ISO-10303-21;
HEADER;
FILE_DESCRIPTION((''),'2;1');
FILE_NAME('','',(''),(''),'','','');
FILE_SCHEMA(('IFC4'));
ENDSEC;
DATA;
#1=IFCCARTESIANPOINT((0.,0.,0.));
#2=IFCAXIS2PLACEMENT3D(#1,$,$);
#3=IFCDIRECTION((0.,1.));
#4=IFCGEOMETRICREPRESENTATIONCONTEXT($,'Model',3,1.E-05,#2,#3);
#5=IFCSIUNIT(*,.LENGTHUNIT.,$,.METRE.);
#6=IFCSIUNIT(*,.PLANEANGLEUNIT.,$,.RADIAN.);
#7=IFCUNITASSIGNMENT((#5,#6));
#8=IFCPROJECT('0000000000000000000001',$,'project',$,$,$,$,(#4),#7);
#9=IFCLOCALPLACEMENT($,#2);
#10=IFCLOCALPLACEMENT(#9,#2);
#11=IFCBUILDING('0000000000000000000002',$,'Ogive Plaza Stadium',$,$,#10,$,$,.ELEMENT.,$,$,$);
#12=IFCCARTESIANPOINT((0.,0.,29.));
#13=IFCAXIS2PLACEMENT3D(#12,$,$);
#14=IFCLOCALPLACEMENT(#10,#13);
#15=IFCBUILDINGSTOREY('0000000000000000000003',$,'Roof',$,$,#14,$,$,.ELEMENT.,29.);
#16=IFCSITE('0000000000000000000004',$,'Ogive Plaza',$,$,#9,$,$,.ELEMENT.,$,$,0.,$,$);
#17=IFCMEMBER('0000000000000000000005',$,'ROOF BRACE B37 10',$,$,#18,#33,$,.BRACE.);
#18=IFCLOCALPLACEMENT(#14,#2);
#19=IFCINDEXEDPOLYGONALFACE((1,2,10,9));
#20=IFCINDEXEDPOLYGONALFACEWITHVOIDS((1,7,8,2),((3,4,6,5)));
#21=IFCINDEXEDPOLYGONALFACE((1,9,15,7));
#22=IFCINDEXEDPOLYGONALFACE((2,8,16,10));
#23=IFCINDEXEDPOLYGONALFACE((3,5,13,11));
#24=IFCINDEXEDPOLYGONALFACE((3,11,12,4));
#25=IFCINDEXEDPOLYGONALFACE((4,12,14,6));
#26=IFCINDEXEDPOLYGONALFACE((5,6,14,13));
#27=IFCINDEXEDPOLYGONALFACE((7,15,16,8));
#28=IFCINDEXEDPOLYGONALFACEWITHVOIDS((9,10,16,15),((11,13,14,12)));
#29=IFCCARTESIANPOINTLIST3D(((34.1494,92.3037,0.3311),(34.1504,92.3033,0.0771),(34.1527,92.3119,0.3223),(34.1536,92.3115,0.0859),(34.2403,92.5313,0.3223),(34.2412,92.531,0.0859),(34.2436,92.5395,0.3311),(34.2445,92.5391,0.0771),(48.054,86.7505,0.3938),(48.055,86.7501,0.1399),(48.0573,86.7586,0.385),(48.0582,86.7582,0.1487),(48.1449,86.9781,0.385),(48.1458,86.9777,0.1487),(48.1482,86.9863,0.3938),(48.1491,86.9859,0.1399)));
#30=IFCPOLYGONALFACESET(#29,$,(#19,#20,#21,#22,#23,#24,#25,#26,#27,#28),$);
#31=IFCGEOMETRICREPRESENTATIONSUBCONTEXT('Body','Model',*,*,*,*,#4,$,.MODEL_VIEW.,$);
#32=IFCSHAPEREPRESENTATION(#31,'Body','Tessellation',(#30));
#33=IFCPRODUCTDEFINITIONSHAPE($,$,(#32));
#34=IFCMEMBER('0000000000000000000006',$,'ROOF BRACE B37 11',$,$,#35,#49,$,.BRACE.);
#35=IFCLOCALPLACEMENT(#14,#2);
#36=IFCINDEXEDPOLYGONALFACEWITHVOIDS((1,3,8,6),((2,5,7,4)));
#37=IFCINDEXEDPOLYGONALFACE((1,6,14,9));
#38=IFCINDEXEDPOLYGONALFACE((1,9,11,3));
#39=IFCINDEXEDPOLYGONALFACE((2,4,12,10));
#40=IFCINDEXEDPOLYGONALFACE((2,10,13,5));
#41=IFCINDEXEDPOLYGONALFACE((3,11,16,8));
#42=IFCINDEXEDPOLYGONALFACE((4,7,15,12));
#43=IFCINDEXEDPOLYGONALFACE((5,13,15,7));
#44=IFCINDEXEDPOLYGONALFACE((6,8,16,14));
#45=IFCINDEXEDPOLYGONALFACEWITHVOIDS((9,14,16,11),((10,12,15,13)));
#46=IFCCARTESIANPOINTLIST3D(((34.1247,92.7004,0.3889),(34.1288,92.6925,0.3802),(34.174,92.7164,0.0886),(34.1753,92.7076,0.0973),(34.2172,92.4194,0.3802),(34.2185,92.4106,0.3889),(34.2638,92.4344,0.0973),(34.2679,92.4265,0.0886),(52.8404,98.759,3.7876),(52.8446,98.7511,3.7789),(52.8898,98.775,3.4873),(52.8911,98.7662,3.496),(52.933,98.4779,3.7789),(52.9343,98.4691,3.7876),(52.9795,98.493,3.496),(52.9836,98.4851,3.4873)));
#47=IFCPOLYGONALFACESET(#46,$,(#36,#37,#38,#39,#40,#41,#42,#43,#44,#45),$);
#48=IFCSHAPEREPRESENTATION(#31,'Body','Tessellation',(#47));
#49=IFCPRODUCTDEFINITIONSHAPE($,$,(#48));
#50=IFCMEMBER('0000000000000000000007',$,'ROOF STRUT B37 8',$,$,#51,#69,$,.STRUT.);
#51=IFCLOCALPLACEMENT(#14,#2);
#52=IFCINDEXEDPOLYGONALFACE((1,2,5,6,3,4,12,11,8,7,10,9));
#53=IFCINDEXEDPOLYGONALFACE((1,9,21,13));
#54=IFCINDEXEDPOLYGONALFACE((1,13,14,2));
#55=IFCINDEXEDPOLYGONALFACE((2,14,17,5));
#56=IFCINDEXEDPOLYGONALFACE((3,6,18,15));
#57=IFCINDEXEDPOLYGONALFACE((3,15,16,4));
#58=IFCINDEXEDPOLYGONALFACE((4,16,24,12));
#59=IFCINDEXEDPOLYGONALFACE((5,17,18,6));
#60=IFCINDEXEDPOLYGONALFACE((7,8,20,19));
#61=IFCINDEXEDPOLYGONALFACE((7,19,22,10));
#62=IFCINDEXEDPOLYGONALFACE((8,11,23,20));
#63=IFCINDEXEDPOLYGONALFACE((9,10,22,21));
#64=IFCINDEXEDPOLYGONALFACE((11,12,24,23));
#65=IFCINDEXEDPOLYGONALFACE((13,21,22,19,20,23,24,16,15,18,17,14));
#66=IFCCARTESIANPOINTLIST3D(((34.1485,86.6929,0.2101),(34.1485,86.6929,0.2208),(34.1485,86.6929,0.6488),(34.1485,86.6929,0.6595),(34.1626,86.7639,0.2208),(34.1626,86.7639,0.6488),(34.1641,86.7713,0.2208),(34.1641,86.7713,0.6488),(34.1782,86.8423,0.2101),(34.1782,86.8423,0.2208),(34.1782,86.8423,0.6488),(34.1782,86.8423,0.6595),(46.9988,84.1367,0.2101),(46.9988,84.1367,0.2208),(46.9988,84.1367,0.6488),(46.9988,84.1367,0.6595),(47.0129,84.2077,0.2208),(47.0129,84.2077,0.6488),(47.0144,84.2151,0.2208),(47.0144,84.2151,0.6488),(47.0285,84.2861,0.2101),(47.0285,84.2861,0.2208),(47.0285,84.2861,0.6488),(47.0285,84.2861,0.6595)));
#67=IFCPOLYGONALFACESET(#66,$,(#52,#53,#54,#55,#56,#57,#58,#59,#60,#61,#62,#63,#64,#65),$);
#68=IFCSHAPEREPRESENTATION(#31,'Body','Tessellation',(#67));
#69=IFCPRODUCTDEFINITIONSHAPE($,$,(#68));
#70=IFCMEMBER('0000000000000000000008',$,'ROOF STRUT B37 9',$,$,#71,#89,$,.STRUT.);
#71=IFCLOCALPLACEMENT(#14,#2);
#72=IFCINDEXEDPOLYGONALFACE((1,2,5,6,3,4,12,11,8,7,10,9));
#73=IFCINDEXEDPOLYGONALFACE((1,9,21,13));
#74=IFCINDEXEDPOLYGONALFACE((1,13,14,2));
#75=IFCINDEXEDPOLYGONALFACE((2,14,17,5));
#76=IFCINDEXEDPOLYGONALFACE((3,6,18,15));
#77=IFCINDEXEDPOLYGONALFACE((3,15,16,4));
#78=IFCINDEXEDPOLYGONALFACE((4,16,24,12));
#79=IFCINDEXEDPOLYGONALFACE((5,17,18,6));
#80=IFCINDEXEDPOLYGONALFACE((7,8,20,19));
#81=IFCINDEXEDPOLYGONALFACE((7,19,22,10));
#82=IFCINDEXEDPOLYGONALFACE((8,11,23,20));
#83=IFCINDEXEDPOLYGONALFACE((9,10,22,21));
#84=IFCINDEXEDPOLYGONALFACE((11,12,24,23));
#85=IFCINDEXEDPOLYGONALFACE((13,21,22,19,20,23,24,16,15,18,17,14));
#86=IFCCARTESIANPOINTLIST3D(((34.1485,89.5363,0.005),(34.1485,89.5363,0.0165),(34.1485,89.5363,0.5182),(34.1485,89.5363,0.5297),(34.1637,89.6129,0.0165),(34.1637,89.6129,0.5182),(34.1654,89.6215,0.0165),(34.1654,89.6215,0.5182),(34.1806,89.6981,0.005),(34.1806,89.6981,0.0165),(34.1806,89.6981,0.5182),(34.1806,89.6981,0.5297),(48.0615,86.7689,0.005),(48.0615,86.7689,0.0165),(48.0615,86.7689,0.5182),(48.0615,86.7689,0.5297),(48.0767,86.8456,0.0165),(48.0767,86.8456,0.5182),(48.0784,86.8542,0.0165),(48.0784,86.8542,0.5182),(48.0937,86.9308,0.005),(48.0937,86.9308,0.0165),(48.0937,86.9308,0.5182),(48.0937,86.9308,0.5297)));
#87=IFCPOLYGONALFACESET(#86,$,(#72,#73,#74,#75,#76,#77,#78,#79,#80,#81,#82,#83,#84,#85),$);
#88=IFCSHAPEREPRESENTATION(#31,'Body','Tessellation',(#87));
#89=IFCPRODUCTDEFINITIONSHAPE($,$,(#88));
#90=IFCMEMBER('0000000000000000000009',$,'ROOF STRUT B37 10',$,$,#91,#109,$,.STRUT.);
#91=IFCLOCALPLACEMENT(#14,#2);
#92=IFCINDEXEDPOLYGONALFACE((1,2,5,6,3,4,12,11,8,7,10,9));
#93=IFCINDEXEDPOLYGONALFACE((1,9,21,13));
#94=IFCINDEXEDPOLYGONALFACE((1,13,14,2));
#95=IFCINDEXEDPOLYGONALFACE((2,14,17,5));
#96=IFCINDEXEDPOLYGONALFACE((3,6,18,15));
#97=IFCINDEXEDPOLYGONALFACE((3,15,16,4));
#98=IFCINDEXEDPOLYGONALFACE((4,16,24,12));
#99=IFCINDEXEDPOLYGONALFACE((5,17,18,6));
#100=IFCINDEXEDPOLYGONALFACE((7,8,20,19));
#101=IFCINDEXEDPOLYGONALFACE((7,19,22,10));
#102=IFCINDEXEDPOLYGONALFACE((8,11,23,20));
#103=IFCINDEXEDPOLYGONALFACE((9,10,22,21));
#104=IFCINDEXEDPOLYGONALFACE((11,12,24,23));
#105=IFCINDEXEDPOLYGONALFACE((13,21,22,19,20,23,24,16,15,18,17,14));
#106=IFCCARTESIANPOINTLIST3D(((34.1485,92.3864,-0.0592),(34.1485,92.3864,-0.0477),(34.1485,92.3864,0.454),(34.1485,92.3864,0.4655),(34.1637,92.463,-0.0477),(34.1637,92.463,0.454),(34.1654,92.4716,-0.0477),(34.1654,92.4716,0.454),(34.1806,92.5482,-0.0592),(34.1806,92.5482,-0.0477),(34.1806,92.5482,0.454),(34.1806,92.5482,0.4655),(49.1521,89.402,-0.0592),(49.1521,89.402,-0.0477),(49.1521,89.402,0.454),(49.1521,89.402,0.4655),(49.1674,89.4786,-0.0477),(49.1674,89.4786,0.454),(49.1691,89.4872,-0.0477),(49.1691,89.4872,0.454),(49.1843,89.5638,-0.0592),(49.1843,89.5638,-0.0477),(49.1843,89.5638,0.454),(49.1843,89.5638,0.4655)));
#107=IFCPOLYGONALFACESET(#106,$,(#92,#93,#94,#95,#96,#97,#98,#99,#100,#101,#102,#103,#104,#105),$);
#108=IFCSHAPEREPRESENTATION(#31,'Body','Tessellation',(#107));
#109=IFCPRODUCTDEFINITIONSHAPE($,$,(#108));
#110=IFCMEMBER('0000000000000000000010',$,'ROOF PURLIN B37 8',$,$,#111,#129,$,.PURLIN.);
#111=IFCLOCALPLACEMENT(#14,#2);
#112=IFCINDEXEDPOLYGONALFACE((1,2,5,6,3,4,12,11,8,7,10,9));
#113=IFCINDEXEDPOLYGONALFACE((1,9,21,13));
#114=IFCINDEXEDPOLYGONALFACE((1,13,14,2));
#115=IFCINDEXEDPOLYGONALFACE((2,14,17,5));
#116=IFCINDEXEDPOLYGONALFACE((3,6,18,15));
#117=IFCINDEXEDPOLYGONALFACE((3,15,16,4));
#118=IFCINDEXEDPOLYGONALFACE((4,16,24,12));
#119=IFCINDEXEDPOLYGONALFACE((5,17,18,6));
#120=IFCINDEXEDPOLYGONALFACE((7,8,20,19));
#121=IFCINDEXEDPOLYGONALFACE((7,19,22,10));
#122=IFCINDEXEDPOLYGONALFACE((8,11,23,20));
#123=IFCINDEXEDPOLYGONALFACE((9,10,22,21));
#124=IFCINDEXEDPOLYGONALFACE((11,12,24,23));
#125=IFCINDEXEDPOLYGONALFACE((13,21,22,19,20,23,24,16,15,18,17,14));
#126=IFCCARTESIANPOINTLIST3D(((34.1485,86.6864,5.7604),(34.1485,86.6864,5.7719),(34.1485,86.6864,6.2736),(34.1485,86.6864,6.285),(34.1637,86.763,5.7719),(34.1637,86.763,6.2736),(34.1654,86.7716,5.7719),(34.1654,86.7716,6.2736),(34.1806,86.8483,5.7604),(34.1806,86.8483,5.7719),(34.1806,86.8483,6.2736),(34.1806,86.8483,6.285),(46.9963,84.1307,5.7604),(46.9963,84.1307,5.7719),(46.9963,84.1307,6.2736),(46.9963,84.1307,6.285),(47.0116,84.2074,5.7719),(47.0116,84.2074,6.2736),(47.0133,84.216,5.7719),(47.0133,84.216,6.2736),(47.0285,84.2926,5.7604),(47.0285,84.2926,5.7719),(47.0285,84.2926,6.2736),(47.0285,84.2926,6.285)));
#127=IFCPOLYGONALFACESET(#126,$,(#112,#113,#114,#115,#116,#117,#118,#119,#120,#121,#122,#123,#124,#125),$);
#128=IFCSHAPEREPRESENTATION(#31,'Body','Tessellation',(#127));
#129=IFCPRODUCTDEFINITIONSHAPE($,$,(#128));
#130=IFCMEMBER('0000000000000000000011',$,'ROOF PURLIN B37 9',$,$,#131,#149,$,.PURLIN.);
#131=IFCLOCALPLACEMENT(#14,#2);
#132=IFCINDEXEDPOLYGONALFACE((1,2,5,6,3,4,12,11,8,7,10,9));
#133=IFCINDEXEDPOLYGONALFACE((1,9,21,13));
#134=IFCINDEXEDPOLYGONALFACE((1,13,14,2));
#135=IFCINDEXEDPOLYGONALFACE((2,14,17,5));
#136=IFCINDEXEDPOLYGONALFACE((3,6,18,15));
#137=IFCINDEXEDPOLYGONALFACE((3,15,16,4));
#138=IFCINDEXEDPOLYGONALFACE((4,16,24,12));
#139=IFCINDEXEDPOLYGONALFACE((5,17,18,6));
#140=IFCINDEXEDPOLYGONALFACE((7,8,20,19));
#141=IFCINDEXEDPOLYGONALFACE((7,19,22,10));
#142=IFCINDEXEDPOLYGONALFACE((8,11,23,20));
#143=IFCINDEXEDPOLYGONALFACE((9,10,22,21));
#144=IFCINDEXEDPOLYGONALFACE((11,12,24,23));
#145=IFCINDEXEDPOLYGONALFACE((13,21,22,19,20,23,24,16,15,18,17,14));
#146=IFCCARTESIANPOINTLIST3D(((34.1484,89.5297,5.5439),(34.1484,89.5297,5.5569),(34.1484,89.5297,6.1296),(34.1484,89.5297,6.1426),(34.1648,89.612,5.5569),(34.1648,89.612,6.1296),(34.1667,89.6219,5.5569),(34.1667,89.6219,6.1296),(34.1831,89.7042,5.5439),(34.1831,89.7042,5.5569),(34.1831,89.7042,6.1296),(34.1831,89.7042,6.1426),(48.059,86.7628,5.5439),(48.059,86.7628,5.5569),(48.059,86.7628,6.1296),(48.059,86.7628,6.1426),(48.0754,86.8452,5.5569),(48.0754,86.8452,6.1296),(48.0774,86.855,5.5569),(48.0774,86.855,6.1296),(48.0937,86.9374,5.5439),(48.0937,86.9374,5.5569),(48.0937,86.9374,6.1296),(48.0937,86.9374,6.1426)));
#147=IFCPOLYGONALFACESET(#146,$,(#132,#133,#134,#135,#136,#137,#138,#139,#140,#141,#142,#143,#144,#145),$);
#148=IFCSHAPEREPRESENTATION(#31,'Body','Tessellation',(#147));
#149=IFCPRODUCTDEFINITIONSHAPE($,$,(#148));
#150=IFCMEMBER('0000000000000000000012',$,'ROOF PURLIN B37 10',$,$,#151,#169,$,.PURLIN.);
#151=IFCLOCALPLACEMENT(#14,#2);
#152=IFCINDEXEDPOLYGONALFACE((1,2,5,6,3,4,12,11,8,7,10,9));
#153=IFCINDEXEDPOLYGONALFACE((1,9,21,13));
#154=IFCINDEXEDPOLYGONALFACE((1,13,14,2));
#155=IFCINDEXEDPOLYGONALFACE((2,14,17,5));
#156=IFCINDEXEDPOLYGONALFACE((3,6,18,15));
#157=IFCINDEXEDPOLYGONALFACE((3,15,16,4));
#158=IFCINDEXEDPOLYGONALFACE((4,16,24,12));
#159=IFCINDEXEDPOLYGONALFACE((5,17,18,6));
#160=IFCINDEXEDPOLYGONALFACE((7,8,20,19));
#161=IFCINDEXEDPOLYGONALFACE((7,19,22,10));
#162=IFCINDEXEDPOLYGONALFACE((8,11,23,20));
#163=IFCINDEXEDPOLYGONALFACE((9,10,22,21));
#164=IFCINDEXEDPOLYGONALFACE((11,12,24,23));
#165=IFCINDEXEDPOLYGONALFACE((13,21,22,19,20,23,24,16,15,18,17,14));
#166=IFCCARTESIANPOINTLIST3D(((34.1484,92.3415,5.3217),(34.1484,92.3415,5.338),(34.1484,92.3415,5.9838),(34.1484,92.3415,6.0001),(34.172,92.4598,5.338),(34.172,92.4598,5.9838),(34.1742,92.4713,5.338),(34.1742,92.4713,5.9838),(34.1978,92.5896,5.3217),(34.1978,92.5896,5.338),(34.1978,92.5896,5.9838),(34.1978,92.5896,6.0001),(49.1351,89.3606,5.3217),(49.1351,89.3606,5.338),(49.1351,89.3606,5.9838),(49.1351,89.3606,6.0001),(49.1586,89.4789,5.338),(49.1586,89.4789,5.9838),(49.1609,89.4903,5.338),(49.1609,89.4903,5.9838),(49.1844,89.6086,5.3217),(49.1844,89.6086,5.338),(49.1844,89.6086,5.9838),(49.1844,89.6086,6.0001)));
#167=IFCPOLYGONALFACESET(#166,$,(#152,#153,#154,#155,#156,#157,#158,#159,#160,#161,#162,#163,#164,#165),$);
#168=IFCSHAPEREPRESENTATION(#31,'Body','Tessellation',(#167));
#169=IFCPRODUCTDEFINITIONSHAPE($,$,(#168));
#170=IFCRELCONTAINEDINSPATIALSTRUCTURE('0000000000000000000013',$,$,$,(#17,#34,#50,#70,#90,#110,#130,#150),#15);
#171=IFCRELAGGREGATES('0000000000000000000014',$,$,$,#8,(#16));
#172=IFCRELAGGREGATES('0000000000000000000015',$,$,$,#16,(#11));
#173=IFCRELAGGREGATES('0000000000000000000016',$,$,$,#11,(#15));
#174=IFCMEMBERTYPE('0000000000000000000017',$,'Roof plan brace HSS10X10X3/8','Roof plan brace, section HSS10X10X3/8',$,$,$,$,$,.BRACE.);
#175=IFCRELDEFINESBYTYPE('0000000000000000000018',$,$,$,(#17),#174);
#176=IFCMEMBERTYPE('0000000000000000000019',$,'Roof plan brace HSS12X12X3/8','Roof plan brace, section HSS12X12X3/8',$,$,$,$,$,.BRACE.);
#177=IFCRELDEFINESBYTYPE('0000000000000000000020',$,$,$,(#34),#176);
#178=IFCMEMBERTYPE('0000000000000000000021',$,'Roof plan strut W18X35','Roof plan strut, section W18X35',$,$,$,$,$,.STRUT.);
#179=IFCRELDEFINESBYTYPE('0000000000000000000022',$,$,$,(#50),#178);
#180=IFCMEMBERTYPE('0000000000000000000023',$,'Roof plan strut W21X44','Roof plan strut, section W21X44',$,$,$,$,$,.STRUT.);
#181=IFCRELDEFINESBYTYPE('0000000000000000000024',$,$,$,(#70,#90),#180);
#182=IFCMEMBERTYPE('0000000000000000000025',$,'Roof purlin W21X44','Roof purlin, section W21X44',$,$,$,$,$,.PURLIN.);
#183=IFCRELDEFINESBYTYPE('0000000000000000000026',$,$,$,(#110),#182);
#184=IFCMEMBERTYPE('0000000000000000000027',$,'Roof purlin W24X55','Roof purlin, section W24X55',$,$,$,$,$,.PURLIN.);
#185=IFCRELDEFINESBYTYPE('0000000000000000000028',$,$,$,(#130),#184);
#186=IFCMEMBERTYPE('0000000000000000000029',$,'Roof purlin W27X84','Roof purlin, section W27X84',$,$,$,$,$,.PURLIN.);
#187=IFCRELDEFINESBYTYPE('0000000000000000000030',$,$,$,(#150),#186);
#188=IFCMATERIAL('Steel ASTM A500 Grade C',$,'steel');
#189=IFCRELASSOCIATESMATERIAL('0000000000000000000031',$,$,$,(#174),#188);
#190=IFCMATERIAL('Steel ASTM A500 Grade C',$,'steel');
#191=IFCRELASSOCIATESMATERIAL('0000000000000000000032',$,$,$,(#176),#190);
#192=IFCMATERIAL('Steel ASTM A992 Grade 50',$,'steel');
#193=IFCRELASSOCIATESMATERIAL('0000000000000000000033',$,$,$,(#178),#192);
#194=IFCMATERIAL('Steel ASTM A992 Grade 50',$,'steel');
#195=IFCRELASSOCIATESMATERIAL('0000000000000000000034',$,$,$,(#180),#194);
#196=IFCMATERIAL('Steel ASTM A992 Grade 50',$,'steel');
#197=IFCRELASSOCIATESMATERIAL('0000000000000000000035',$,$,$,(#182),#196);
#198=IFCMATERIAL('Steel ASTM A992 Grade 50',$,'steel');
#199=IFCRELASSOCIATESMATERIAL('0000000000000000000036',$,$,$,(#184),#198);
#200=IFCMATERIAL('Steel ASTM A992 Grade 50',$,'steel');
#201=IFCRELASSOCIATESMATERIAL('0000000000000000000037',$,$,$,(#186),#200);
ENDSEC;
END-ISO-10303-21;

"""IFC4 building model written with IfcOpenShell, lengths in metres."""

from ifc_helpers import new_model, si_unit, direction, frame, origin, origin_2d, place, context, subcontext, project, spatial, hollow_rectangle, i_section, extrude, material, material_profile, profile_set, type_object, element, save


model = new_model("IFC4")

# Units and contexts
model_context = context("Model", 3, precision=1e-05, world=origin(), true_north=direction((0.0, 1.0)))
body_context = subcontext(model_context, "Body", "Model", "MODEL_VIEW")
ifc_project = project(units=[si_unit("LENGTHUNIT", "METRE"), si_unit("PLANEANGLEUNIT", "RADIAN")], contexts=[model_context])

# Site, building, storey
site_placement = place(None, origin())
site = spatial("IfcSite", under=ifc_project, at=site_placement, Name="Ogive Plaza", CompositionType="ELEMENT", RefElevation=0.0)
building_placement = place(site_placement, origin())
building = spatial("IfcBuilding", under=site, at=building_placement, Name="Ogive Plaza Stadium", CompositionType="ELEMENT")
storey_placement = place(building_placement, frame((0.0, 0.0, 29.0)))
storey = spatial("IfcBuildingStorey", under=building, at=storey_placement, Name="Roof", CompositionType="ELEMENT", Elevation=29.0)

# Members
ifc_material_1 = material(Name="Steel ASTM A500 Grade C", Category="steel")
ifc_material_profile_1 = material_profile(ifc_material_1, hollow_rectangle(XDim=0.2539, YDim=0.2539, WallThickness=0.0088, at=origin_2d()), Name="HSS10X10X3/8")
ifc_profile_set_1 = profile_set([ifc_material_profile_1], Name="Steel ASTM A500 Grade C")
member_type_1 = type_object("IfcMemberType", Name="Roof plan brace HSS10X10X3/8", Description="Roof plan brace, section HSS10X10X3/8", PredefinedType="BRACE", material=ifc_profile_set_1)
member_1_placement = place(storey_placement, frame((48.1016, 86.8682, 0.2668), z_axis=(-0.928666, 0.370893, -0.004191), x_axis=(-0.370896, -0.928674, 0.0)))
element("IfcMember", 1, at=member_1_placement, inside=storey, type_object=member_type_1, Name="ROOF BRACE B37 10", PredefinedType="BRACE", context=body_context, shape_type="SweptSolid", body=[
    extrude(hollow_rectangle(XDim=0.2539, YDim=0.2539, WallThickness=0.0088, at=origin_2d()), origin(), (0.0, 0.0, 1.0), 14.9727),
])
ifc_material_2 = material(Name="Steel ASTM A500 Grade C", Category="steel")
ifc_material_profile_2 = material_profile(ifc_material_2, hollow_rectangle(XDim=0.3047, YDim=0.3047, WallThickness=0.0088, at=origin_2d()), Name="HSS12X12X3/8")
ifc_profile_set_2 = profile_set([ifc_material_profile_2], Name="Steel ASTM A500 Grade C")
member_type_2 = type_object("IfcMemberType", Name="Roof plan brace HSS12X12X3/8", Description="Roof plan brace, section HSS12X12X3/8", PredefinedType="BRACE", material=ifc_profile_set_2)
member_2_placement = place(storey_placement, frame((34.1963, 92.5635, 0.2388), z_axis=(0.937504, 0.303484, 0.170245), x_axis=(-0.30798, 0.951393, 0.0)))
element("IfcMember", 2, at=member_2_placement, inside=storey, type_object=member_type_2, Name="ROOF BRACE B37 11", PredefinedType="BRACE", context=body_context, shape_type="SweptSolid", body=[
    extrude(hollow_rectangle(XDim=0.3047, YDim=0.3047, WallThickness=0.0088, at=origin_2d()), origin(), (0.0, 0.0, 1.0), 19.9634),
])
ifc_material_3 = material(Name="Steel ASTM A992 Grade 50", Category="steel")
ifc_material_profile_3 = material_profile(ifc_material_3, i_section(OverallWidth=0.1523, OverallDepth=0.4495, WebThickness=0.0076, FlangeThickness=0.0107, at=origin_2d()), Name="W18X35")
ifc_profile_set_3 = profile_set([ifc_material_profile_3], Name="Steel ASTM A992 Grade 50")
member_type_3 = type_object("IfcMemberType", Name="Roof plan strut W18X35", Description="Roof plan strut, section W18X35", PredefinedType="STRUT", material=ifc_profile_set_3)
member_3_placement = place(storey_placement, frame((34.1633, 86.7676, 0.4348), z_axis=(0.980784, -0.195095, 0.0), x_axis=(0.195095, 0.980784, 0.0)))
element("IfcMember", 3, at=member_3_placement, inside=storey, type_object=member_type_3, Name="ROOF STRUT B37 8", PredefinedType="STRUT", context=body_context, shape_type="SweptSolid", body=[
    extrude(i_section(OverallWidth=0.1523, OverallDepth=0.4495, WebThickness=0.0076, FlangeThickness=0.0107, at=origin_2d()), origin(), (0.0, 0.0, 1.0), 13.1021),
])
ifc_material_4 = material(Name="Steel ASTM A992 Grade 50", Category="steel")
ifc_material_profile_4 = material_profile(ifc_material_4, i_section(OverallWidth=0.165, OverallDepth=0.5247, WebThickness=0.0088, FlangeThickness=0.0115, at=origin_2d()), Name="W21X44")
ifc_profile_set_4 = profile_set([ifc_material_profile_4], Name="Steel ASTM A992 Grade 50")
member_type_4 = type_object("IfcMemberType", Name="Roof plan strut W21X44", Description="Roof plan strut, section W21X44", PredefinedType="STRUT", material=ifc_profile_set_4)
member_4_placement = place(storey_placement, frame((34.1646, 89.6172, 0.2673), z_axis=(0.980787, -0.19508, 0.0), x_axis=(0.19508, 0.980787, 0.0)))
element("IfcMember", 4, at=member_4_placement, inside=storey, type_object=member_type_4, Name="ROOF STRUT B37 9", PredefinedType="STRUT", context=body_context, shape_type="SweptSolid", body=[
    extrude(i_section(OverallWidth=0.165, OverallDepth=0.5247, WebThickness=0.0088, FlangeThickness=0.0115, at=origin_2d()), origin(), (0.0, 0.0, 1.0), 14.1855),
])
member_5_placement = place(storey_placement, frame((34.1646, 92.4673, 0.2031), z_axis=(0.980786, -0.195088, 0.0), x_axis=(0.195088, 0.980786, 0.0)))
element("IfcMember", 5, at=member_5_placement, inside=storey, type_object=member_type_4, Name="ROOF STRUT B37 10", PredefinedType="STRUT", context=body_context, shape_type="SweptSolid", body=[
    extrude(i_section(OverallWidth=0.165, OverallDepth=0.5247, WebThickness=0.0088, FlangeThickness=0.0115, at=origin_2d()), origin(), (0.0, 0.0, 1.0), 15.2976),
])
ifc_material_5 = material(Name="Steel ASTM A992 Grade 50", Category="steel")
ifc_material_profile_5 = material_profile(ifc_material_5, i_section(OverallWidth=0.165, OverallDepth=0.5247, WebThickness=0.0088, FlangeThickness=0.0115, at=origin_2d()), Name="W21X44")
ifc_profile_set_5 = profile_set([ifc_material_profile_5], Name="Steel ASTM A992 Grade 50")
member_type_5 = type_object("IfcMemberType", Name="Roof purlin W21X44", Description="Roof purlin, section W21X44", PredefinedType="PURLIN", material=ifc_profile_set_5)
member_6_placement = place(storey_placement, frame((34.1646, 86.7673, 6.0227), z_axis=(0.980784, -0.195095, 0.0), x_axis=(0.195095, 0.980784, 0.0)))
element("IfcMember", 6, at=member_6_placement, inside=storey, type_object=member_type_5, Name="ROOF PURLIN B37 8", PredefinedType="PURLIN", context=body_context, shape_type="SweptSolid", body=[
    extrude(i_section(OverallWidth=0.165, OverallDepth=0.5247, WebThickness=0.0088, FlangeThickness=0.0115, at=origin_2d()), origin(), (0.0, 0.0, 1.0), 13.0996),
])
ifc_material_6 = material(Name="Steel ASTM A992 Grade 50", Category="steel")
ifc_material_profile_6 = material_profile(ifc_material_6, i_section(OverallWidth=0.178, OverallDepth=0.5986, WebThickness=0.01, FlangeThickness=0.0129, at=origin_2d()), Name="W24X55")
ifc_profile_set_6 = profile_set([ifc_material_profile_6], Name="Steel ASTM A992 Grade 50")
member_type_6 = type_object("IfcMemberType", Name="Roof purlin W24X55", Description="Roof purlin, section W24X55", PredefinedType="PURLIN", material=ifc_profile_set_6)
member_7_placement = place(storey_placement, frame((34.1658, 89.6169, 5.8433), z_axis=(0.980787, -0.19508, 0.0), x_axis=(0.19508, 0.980787, 0.0)))
element("IfcMember", 7, at=member_7_placement, inside=storey, type_object=member_type_6, Name="ROOF PURLIN B37 9", PredefinedType="PURLIN", context=body_context, shape_type="SweptSolid", body=[
    extrude(i_section(OverallWidth=0.178, OverallDepth=0.5986, WebThickness=0.01, FlangeThickness=0.0129, at=origin_2d()), origin(), (0.0, 0.0, 1.0), 14.1831),
])
ifc_material_7 = material(Name="Steel ASTM A992 Grade 50", Category="steel")
ifc_material_profile_7 = material_profile(ifc_material_7, i_section(OverallWidth=0.2529, OverallDepth=0.6785, WebThickness=0.0117, FlangeThickness=0.0164, at=origin_2d()), Name="W27X84")
ifc_profile_set_7 = profile_set([ifc_material_profile_7], Name="Steel ASTM A992 Grade 50")
member_type_7 = type_object("IfcMemberType", Name="Roof purlin W27X84", Description="Roof purlin, section W27X84", PredefinedType="PURLIN", material=ifc_profile_set_7)
member_8_placement = place(storey_placement, frame((34.1731, 92.4656, 5.6609), z_axis=(0.980786, -0.195087, 0.0), x_axis=(0.195087, 0.980786, 0.0)))
element("IfcMember", 8, at=member_8_placement, inside=storey, type_object=member_type_7, Name="ROOF PURLIN B37 10", PredefinedType="PURLIN", context=body_context, shape_type="SweptSolid", body=[
    extrude(i_section(OverallWidth=0.2529, OverallDepth=0.6785, WebThickness=0.0117, FlangeThickness=0.0164, at=origin_2d()), origin(), (0.0, 0.0, 1.0), 15.2803),
])

save(model, "model.ifc")
